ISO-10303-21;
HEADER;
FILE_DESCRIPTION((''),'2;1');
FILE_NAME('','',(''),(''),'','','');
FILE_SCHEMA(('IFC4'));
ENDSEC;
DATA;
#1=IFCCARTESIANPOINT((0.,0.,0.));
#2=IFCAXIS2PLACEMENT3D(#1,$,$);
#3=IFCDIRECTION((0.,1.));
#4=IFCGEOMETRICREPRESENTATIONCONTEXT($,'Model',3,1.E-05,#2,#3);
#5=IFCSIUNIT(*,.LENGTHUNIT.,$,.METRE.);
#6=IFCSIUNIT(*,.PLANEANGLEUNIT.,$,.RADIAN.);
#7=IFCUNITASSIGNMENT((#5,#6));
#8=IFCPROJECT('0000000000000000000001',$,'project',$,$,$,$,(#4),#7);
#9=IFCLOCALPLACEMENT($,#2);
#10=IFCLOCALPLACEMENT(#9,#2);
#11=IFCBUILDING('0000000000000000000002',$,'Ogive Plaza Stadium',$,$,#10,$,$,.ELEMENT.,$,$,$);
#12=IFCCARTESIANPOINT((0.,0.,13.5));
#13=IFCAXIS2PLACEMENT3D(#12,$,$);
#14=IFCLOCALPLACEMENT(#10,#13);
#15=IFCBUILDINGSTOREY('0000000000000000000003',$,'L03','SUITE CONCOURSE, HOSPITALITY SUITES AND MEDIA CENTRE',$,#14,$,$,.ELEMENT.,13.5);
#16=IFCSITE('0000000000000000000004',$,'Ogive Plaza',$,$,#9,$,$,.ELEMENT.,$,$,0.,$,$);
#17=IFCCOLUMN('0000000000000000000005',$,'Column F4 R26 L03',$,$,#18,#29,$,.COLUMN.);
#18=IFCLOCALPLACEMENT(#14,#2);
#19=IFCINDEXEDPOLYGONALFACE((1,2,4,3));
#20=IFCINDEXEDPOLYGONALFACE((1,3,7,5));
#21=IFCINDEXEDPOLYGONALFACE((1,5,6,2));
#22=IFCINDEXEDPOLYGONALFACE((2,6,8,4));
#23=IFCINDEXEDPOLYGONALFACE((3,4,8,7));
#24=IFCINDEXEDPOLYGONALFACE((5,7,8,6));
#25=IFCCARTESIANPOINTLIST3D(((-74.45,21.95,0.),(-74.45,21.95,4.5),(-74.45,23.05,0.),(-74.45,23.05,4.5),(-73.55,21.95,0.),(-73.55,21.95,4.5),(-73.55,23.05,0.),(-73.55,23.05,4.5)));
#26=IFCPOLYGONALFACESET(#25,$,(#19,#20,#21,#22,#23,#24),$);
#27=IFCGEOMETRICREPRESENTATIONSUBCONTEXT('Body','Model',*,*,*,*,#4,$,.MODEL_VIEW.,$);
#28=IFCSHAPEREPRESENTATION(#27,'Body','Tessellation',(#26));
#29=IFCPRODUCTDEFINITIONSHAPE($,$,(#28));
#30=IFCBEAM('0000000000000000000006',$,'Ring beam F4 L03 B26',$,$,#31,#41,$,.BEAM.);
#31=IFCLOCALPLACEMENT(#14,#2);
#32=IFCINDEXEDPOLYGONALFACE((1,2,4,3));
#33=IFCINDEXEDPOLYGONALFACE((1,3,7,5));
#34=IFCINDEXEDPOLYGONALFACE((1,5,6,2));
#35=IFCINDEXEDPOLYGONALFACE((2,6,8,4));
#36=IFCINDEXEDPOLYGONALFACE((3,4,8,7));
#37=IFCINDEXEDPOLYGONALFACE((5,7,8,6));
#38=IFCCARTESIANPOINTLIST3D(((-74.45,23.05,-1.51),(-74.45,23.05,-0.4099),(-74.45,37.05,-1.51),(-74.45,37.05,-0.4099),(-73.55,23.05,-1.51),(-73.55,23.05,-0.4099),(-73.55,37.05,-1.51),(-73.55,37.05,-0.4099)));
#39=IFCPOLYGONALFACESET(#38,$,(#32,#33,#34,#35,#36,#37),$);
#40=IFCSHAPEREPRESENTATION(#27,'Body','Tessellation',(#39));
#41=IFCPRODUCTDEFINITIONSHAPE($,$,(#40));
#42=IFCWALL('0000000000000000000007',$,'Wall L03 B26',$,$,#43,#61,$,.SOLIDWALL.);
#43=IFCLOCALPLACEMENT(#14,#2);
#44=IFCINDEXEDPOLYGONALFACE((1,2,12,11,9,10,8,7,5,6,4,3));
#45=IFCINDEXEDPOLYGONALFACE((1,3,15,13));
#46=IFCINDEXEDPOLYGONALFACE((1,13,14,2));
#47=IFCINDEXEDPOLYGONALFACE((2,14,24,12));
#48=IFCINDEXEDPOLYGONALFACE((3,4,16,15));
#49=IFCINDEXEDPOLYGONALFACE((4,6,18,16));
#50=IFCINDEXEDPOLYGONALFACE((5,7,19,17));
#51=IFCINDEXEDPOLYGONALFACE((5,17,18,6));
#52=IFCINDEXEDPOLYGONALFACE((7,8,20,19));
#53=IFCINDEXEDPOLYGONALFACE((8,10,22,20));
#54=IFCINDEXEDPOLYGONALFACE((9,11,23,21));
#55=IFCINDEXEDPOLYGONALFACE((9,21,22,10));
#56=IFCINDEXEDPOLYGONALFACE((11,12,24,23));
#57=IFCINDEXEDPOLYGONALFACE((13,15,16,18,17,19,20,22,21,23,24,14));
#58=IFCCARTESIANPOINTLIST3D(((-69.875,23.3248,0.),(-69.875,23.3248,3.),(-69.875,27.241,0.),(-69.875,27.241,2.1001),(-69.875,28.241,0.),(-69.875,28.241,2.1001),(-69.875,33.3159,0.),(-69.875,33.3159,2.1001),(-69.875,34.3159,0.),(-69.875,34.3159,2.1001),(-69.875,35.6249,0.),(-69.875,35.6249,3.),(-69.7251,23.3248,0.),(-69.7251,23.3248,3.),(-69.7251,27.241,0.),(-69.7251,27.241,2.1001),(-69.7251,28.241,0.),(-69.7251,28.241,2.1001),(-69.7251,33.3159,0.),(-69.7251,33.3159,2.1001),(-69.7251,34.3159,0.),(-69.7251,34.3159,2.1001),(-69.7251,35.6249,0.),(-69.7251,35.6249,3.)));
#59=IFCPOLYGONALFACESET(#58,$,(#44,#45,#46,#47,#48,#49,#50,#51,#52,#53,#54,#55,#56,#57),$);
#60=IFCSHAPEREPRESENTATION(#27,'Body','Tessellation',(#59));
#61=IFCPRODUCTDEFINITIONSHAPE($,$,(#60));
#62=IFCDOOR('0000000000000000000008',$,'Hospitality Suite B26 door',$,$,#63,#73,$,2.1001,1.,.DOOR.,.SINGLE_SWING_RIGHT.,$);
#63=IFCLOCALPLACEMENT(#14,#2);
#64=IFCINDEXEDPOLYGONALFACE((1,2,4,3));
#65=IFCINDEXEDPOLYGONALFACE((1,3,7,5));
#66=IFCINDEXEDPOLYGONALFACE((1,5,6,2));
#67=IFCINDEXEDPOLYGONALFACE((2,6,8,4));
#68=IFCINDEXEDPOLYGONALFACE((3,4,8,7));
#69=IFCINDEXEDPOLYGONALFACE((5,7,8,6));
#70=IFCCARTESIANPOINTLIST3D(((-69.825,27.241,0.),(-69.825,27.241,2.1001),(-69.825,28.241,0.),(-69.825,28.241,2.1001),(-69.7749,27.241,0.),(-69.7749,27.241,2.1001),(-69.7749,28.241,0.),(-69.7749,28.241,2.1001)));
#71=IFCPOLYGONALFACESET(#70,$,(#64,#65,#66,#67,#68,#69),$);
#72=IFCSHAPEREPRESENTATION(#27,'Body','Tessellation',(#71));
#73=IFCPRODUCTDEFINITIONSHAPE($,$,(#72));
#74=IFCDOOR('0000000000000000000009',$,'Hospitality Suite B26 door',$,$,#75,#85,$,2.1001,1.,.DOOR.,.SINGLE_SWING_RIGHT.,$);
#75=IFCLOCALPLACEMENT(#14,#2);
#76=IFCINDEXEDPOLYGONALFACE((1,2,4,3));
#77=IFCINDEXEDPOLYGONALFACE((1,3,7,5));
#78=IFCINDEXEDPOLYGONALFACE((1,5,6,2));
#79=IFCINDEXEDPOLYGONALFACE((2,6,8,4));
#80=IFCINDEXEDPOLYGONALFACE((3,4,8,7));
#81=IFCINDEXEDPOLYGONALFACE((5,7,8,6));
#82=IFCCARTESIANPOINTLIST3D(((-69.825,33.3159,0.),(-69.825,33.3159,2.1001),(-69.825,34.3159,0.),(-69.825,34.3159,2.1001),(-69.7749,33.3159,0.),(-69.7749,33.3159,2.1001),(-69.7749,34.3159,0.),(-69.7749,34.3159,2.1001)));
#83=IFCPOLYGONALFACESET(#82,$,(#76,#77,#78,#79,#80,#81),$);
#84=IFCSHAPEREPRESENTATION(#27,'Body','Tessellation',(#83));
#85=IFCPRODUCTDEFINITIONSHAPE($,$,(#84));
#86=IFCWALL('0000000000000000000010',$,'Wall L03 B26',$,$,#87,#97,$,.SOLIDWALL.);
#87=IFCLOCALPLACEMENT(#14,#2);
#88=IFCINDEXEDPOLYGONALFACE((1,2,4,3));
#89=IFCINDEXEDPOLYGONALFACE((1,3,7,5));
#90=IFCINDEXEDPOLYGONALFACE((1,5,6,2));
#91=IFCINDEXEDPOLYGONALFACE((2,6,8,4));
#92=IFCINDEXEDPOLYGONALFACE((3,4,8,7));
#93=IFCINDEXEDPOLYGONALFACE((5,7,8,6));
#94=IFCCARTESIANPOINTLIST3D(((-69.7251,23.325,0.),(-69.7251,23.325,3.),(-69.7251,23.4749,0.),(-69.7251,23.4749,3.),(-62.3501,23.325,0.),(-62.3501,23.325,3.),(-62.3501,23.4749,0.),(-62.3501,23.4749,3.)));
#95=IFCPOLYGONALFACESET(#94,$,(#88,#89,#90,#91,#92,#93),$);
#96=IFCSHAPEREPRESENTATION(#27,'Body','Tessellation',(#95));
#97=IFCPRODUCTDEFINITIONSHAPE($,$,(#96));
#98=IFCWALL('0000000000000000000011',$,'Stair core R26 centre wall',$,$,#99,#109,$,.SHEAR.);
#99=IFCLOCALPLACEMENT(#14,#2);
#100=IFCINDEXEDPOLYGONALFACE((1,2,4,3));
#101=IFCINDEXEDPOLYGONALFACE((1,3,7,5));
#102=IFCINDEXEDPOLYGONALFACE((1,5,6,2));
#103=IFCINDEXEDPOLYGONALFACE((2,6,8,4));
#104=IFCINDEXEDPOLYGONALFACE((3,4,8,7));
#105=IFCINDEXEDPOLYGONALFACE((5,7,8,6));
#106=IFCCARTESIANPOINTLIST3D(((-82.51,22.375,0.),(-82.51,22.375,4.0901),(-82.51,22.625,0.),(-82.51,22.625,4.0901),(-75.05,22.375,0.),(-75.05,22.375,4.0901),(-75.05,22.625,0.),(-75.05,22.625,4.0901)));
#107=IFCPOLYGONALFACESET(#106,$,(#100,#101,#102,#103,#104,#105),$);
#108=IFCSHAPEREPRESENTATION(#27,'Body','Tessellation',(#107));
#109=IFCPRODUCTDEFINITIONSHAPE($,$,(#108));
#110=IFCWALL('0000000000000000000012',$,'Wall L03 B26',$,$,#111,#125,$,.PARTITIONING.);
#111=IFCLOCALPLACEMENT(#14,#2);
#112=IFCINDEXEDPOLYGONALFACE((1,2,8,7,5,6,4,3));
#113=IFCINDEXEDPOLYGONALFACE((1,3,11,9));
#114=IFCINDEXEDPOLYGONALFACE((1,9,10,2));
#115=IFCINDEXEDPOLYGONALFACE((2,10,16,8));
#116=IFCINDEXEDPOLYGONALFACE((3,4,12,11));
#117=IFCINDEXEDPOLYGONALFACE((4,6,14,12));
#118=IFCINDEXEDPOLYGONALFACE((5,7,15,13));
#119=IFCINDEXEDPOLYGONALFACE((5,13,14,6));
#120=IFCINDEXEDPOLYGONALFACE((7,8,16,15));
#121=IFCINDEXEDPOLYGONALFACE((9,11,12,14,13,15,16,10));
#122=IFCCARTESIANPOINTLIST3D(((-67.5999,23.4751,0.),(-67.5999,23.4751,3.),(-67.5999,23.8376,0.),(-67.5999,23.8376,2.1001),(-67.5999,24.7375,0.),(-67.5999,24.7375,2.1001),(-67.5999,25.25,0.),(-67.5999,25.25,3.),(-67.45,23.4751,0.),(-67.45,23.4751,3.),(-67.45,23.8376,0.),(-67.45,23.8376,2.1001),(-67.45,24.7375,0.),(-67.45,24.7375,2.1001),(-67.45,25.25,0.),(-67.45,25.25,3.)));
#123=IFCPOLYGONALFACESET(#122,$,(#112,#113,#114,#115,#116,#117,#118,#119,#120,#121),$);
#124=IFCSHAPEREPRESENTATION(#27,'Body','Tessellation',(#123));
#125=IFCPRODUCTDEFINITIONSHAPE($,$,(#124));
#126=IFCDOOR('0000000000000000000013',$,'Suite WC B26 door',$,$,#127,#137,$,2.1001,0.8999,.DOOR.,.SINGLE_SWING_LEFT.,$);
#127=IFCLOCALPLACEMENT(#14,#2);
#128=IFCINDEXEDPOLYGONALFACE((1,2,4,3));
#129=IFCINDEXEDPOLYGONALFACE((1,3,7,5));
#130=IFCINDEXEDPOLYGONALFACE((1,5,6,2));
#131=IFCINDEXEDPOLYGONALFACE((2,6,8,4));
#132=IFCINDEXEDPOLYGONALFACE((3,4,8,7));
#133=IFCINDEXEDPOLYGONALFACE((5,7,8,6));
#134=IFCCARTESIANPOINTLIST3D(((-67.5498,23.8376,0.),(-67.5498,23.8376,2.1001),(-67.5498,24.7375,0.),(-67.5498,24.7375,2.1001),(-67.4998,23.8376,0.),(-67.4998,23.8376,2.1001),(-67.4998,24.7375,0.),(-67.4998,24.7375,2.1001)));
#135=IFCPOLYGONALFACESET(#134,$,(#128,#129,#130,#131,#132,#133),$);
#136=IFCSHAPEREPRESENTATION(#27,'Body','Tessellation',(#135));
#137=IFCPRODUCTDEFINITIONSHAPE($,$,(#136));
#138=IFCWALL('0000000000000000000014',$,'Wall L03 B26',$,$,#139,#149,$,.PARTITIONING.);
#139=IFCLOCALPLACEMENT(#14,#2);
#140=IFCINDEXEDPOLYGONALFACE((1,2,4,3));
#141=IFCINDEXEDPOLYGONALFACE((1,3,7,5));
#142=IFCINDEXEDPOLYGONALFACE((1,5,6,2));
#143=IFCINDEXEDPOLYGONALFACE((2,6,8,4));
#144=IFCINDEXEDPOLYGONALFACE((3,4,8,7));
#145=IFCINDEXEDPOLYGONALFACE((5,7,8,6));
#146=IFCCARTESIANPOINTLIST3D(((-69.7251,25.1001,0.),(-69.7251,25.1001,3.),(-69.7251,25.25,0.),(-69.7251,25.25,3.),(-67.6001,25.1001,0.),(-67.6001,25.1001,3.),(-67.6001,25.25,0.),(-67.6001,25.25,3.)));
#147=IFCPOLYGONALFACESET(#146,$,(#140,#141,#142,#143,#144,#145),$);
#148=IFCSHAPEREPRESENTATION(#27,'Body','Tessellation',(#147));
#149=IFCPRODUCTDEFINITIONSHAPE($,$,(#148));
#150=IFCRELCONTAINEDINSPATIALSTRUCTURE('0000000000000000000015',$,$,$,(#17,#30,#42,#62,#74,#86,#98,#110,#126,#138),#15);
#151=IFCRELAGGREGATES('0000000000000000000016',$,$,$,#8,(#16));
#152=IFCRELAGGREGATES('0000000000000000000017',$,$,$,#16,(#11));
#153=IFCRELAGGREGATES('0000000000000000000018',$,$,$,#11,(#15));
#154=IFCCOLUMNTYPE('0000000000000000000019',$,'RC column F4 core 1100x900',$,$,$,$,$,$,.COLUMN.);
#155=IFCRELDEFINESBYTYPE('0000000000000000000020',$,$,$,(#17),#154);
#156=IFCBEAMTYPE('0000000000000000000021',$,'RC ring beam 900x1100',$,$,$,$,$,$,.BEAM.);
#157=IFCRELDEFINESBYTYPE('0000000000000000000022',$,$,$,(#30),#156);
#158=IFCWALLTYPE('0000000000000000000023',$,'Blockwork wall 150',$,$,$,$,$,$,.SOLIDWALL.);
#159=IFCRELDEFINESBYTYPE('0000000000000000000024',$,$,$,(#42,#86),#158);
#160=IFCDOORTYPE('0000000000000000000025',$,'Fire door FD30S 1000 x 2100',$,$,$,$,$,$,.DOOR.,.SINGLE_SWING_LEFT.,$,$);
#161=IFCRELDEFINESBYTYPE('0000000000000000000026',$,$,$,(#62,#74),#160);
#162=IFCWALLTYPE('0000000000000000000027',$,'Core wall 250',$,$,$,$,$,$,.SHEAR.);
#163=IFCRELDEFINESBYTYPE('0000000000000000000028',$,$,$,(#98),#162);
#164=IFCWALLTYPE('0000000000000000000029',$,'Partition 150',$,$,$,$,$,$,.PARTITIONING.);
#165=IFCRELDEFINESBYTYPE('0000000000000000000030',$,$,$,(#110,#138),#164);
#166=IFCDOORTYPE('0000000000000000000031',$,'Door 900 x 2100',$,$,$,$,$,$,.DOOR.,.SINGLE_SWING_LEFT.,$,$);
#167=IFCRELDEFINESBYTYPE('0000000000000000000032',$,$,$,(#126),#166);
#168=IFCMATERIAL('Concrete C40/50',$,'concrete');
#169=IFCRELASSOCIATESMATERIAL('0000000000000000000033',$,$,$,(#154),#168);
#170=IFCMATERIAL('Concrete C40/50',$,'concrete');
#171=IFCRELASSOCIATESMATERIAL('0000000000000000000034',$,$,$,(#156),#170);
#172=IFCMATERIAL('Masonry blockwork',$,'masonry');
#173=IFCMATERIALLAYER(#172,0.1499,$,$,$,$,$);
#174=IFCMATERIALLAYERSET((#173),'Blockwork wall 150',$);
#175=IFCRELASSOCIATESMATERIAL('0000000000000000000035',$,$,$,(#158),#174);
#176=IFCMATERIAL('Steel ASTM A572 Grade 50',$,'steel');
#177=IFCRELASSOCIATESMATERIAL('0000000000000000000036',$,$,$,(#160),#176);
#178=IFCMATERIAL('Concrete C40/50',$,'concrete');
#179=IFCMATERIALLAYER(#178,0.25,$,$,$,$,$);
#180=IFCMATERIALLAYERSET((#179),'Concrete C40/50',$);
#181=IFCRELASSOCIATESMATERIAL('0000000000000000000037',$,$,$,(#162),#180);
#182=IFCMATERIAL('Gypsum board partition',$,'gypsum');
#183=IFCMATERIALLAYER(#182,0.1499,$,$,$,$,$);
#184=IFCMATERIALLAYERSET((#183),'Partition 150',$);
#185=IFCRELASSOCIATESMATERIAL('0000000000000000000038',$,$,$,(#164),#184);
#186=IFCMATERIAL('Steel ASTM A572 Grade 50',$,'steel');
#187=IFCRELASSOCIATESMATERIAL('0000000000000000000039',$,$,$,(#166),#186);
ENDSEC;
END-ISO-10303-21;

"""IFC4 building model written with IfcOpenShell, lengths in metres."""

from ifc_helpers import new_model, si_unit, direction, frame, frame_2d, origin, origin_2d, place, context, subcontext, project, spatial, rectangle, extrude, material, layer, layer_set, material_profile, profile_set, type_object, element, fill, save


model = new_model("IFC4")

# Units and contexts
model_context = context("Model", 3, precision=1e-05, world=origin(), true_north=direction((0.0, 1.0)))
body_context = subcontext(model_context, "Body", "Model", "MODEL_VIEW")
ifc_project = project(units=[si_unit("LENGTHUNIT", "METRE"), si_unit("PLANEANGLEUNIT", "RADIAN")], contexts=[model_context])

# Site, building, storey
site_placement = place(None, origin())
site = spatial("IfcSite", under=ifc_project, at=site_placement, Name="Ogive Plaza", CompositionType="ELEMENT", RefElevation=0.0)
building_placement = place(site_placement, origin())
building = spatial("IfcBuilding", under=site, at=building_placement, Name="Ogive Plaza Stadium", CompositionType="ELEMENT")
storey_placement = place(building_placement, frame((0.0, 0.0, 13.5)))
storey = spatial("IfcBuildingStorey", under=building, at=storey_placement, Name="L03", Description="SUITE CONCOURSE, HOSPITALITY SUITES AND MEDIA CENTRE", CompositionType="ELEMENT", Elevation=13.5)

# Column
ifc_material_1 = material(Name="Concrete C40/50", Category="concrete")
ifc_material_profile_1 = material_profile(ifc_material_1, rectangle(XDim=1.1001, YDim=0.8999, at=origin_2d()), Name="RC 1100x900")
ifc_profile_set_1 = profile_set([ifc_material_profile_1], Name="Concrete C40/50")
column_type = type_object("IfcColumnType", Name="RC column F4 core 1100x900", PredefinedType="COLUMN", material=ifc_profile_set_1)
column_placement = place(storey_placement, frame((-74.0, 22.5, 0.0), z_axis=(0.0, 0.0, 1.0), x_axis=(0.0, -1.0, 0.0)))
element("IfcColumn", 1, at=column_placement, inside=storey, type_object=column_type, Name="Column F4 R26 L03", PredefinedType="COLUMN", context=body_context, shape_type="SweptSolid", body=[
    extrude(rectangle(XDim=1.1001, YDim=0.8999, at=origin_2d()), origin(), (0.0, 0.0, 1.0), 4.5),
])

# Beam
ifc_material_2 = material(Name="Concrete C40/50", Category="concrete")
ifc_material_profile_2 = material_profile(ifc_material_2, rectangle(XDim=0.8999, YDim=1.1001, at=origin_2d()), Name="RC 900x1100")
ifc_profile_set_2 = profile_set([ifc_material_profile_2], Name="Concrete C40/50")
beam_type = type_object("IfcBeamType", Name="RC ring beam 900x1100", PredefinedType="BEAM", material=ifc_profile_set_2)
beam_placement = place(storey_placement, frame((-74.0, 23.05, -0.96), z_axis=(0.0, 1.0, 0.0), x_axis=(-1.0, 0.0, 0.0)))
element("IfcBeam", 2, at=beam_placement, inside=storey, type_object=beam_type, Name="Ring beam F4 L03 B26", PredefinedType="BEAM", context=body_context, shape_type="SweptSolid", body=[
    extrude(rectangle(XDim=0.8999, YDim=1.1001, at=origin_2d()), origin(), (0.0, 0.0, 1.0), 14.0),
])

# Wall, openings, doors
ifc_material_3 = material(Name="Masonry blockwork", Category="masonry")
ifc_layer_1 = layer(ifc_material_3, 0.1499)
ifc_layer_set_1 = layer_set([ifc_layer_1], Name="Blockwork wall 150")
wall_type_1 = type_object("IfcWallType", Name="Blockwork wall 150", PredefinedType="SOLIDWALL", material=ifc_layer_set_1)
wall_1_placement = place(storey_placement, frame((-69.8, 23.325, 0.0), z_axis=(0.0, 0.0, 1.0), x_axis=(0.0, 1.0, 0.0)))
wall_1 = element("IfcWall", 3, at=wall_1_placement, inside=storey, type_object=wall_type_1, Name="Wall L03 B26", PredefinedType="SOLIDWALL", context=body_context, shape_type="SweptSolid", body=[
    extrude(rectangle(XDim=12.3, YDim=0.1499, at=frame_2d((6.1499, 0.0))), origin(), (0.0, 0.0, 1.0), 3.0),
])
opening_1_placement = place(wall_1_placement, frame((3.916, 0.0, 0.0)))
opening_1 = element("IfcOpeningElement", 4, at=opening_1_placement, cuts=wall_1, PredefinedType="OPENING", context=body_context, shape_type="SweptSolid", body=[
    extrude(rectangle(XDim=1.0, YDim=2.1001, at=frame_2d((0.5, 1.05))), frame((0.0, 0.075, 0.0), z_axis=(0.0, -1.0, 0.0), x_axis=(1.0, 0.0, 0.0)), (0.0, 0.0, 1.0), 0.1499),
])
opening_2_placement = place(wall_1_placement, frame((9.991, 0.0, 0.0)))
opening_2 = element("IfcOpeningElement", 5, at=opening_2_placement, cuts=wall_1, PredefinedType="OPENING", context=body_context, shape_type="SweptSolid", body=[
    extrude(rectangle(XDim=1.0, YDim=2.1001, at=frame_2d((0.5, 1.05))), frame((0.0, 0.075, 0.0), z_axis=(0.0, -1.0, 0.0), x_axis=(1.0, 0.0, 0.0)), (0.0, 0.0, 1.0), 0.1499),
])
ifc_material_4 = material(Name="Steel ASTM A572 Grade 50", Category="steel")
door_type_1 = type_object("IfcDoorType", Name="Fire door FD30S 1000 x 2100", OperationType="SINGLE_SWING_LEFT", PredefinedType="DOOR", material=ifc_material_4)
door_1_placement = place(opening_1_placement, origin())
door_1 = element("IfcDoor", 6, at=door_1_placement, inside=storey, type_object=door_type_1, Name="Hospitality Suite B26 door", OperationType="SINGLE_SWING_RIGHT", OverallHeight=2.1001, OverallWidth=1.0, PredefinedType="DOOR", context=body_context, shape_type="SweptSolid", body=[
    extrude(rectangle(XDim=1.0, YDim=2.1001, at=frame_2d((0.5, 1.05))), frame((0.0, 0.0249, 0.0), z_axis=(0.0, -1.0, 0.0), x_axis=(1.0, 0.0, 0.0)), (0.0, 0.0, 1.0), 0.05),
])
fill(opening_1, door_1)
door_2_placement = place(opening_2_placement, origin())
door_2 = element("IfcDoor", 7, at=door_2_placement, inside=storey, type_object=door_type_1, Name="Hospitality Suite B26 door", OperationType="SINGLE_SWING_RIGHT", OverallHeight=2.1001, OverallWidth=1.0, PredefinedType="DOOR", context=body_context, shape_type="SweptSolid", body=[
    extrude(rectangle(XDim=1.0, YDim=2.1001, at=frame_2d((0.5, 1.05))), frame((0.0, 0.0249, 0.0), z_axis=(0.0, -1.0, 0.0), x_axis=(1.0, 0.0, 0.0)), (0.0, 0.0, 1.0), 0.05),
])
fill(opening_2, door_2)

# Walls
wall_2_placement = place(storey_placement, frame((-62.3501, 23.3999, 0.0), z_axis=(0.0, 0.0, 1.0), x_axis=(-1.0, 0.0, 0.0)))
element("IfcWall", 8, at=wall_2_placement, inside=storey, type_object=wall_type_1, Name="Wall L03 B26", PredefinedType="SOLIDWALL", context=body_context, shape_type="SweptSolid", body=[
    extrude(rectangle(XDim=7.375, YDim=0.1499, at=frame_2d((3.6875, 0.0))), origin(), (0.0, 0.0, 1.0), 3.0),
])
ifc_material_5 = material(Name="Concrete C40/50", Category="concrete")
ifc_layer_2 = layer(ifc_material_5, 0.25)
ifc_layer_set_2 = layer_set([ifc_layer_2], Name="Concrete C40/50")
wall_type_2 = type_object("IfcWallType", Name="Core wall 250", PredefinedType="SHEAR", material=ifc_layer_set_2)
wall_3_placement = place(storey_placement, frame((-75.05, 22.5, 0.0), z_axis=(0.0, 0.0, 1.0), x_axis=(-1.0, 0.0, 0.0)))
element("IfcWall", 9, at=wall_3_placement, inside=storey, type_object=wall_type_2, Name="Stair core R26 centre wall", PredefinedType="SHEAR", context=body_context, shape_type="SweptSolid", body=[
    extrude(rectangle(XDim=7.46, YDim=0.25, at=frame_2d((3.73, 0.0))), origin(), (0.0, 0.0, 1.0), 4.0901),
])

# Wall, opening, door
ifc_material_6 = material(Name="Gypsum board partition", Category="gypsum")
ifc_layer_3 = layer(ifc_material_6, 0.1499)
ifc_layer_set_3 = layer_set([ifc_layer_3], Name="Partition 150")
wall_type_3 = type_object("IfcWallType", Name="Partition 150", PredefinedType="PARTITIONING", material=ifc_layer_set_3)
wall_4_placement = place(storey_placement, frame((-67.5249, 23.4751, 0.0), z_axis=(0.0, 0.0, 1.0), x_axis=(0.0, 1.0, 0.0)))
wall_4 = element("IfcWall", 10, at=wall_4_placement, inside=storey, type_object=wall_type_3, Name="Wall L03 B26", PredefinedType="PARTITIONING", context=body_context, shape_type="SweptSolid", body=[
    extrude(rectangle(XDim=1.7749, YDim=0.1499, at=frame_2d((0.8875, 0.0))), origin(), (0.0, 0.0, 1.0), 3.0),
])
opening_3_placement = place(wall_4_placement, frame((0.3625, 0.0, 0.0)))
opening_3 = element("IfcOpeningElement", 11, at=opening_3_placement, cuts=wall_4, PredefinedType="OPENING", context=body_context, shape_type="SweptSolid", body=[
    extrude(rectangle(XDim=0.8999, YDim=2.1001, at=frame_2d((0.45, 1.05))), frame((0.0, 0.075, 0.0), z_axis=(0.0, -1.0, 0.0), x_axis=(1.0, 0.0, 0.0)), (0.0, 0.0, 1.0), 0.1499),
])
ifc_material_7 = material(Name="Steel ASTM A572 Grade 50", Category="steel")
door_type_2 = type_object("IfcDoorType", Name="Door 900 x 2100", OperationType="SINGLE_SWING_LEFT", PredefinedType="DOOR", material=ifc_material_7)
door_3_placement = place(opening_3_placement, origin())
door_3 = element("IfcDoor", 12, at=door_3_placement, inside=storey, type_object=door_type_2, Name="Suite WC B26 door", OperationType="SINGLE_SWING_LEFT", OverallHeight=2.1001, OverallWidth=0.8999, PredefinedType="DOOR", context=body_context, shape_type="SweptSolid", body=[
    extrude(rectangle(XDim=0.8999, YDim=2.1001, at=frame_2d((0.45, 1.05))), frame((0.0, 0.0249, 0.0), z_axis=(0.0, -1.0, 0.0), x_axis=(1.0, 0.0, 0.0)), (0.0, 0.0, 1.0), 0.05),
])
fill(opening_3, door_3)

# Wall
wall_5_placement = place(storey_placement, frame((-67.6001, 25.175, 0.0), z_axis=(0.0, 0.0, 1.0), x_axis=(-1.0, 0.0, 0.0)))
element("IfcWall", 13, at=wall_5_placement, inside=storey, type_object=wall_type_3, Name="Wall L03 B26", PredefinedType="PARTITIONING", context=body_context, shape_type="SweptSolid", body=[
    extrude(rectangle(XDim=2.125, YDim=0.1499, at=frame_2d((1.0625, 0.0))), origin(), (0.0, 0.0, 1.0), 3.0),
])

save(model, "model.ifc")
